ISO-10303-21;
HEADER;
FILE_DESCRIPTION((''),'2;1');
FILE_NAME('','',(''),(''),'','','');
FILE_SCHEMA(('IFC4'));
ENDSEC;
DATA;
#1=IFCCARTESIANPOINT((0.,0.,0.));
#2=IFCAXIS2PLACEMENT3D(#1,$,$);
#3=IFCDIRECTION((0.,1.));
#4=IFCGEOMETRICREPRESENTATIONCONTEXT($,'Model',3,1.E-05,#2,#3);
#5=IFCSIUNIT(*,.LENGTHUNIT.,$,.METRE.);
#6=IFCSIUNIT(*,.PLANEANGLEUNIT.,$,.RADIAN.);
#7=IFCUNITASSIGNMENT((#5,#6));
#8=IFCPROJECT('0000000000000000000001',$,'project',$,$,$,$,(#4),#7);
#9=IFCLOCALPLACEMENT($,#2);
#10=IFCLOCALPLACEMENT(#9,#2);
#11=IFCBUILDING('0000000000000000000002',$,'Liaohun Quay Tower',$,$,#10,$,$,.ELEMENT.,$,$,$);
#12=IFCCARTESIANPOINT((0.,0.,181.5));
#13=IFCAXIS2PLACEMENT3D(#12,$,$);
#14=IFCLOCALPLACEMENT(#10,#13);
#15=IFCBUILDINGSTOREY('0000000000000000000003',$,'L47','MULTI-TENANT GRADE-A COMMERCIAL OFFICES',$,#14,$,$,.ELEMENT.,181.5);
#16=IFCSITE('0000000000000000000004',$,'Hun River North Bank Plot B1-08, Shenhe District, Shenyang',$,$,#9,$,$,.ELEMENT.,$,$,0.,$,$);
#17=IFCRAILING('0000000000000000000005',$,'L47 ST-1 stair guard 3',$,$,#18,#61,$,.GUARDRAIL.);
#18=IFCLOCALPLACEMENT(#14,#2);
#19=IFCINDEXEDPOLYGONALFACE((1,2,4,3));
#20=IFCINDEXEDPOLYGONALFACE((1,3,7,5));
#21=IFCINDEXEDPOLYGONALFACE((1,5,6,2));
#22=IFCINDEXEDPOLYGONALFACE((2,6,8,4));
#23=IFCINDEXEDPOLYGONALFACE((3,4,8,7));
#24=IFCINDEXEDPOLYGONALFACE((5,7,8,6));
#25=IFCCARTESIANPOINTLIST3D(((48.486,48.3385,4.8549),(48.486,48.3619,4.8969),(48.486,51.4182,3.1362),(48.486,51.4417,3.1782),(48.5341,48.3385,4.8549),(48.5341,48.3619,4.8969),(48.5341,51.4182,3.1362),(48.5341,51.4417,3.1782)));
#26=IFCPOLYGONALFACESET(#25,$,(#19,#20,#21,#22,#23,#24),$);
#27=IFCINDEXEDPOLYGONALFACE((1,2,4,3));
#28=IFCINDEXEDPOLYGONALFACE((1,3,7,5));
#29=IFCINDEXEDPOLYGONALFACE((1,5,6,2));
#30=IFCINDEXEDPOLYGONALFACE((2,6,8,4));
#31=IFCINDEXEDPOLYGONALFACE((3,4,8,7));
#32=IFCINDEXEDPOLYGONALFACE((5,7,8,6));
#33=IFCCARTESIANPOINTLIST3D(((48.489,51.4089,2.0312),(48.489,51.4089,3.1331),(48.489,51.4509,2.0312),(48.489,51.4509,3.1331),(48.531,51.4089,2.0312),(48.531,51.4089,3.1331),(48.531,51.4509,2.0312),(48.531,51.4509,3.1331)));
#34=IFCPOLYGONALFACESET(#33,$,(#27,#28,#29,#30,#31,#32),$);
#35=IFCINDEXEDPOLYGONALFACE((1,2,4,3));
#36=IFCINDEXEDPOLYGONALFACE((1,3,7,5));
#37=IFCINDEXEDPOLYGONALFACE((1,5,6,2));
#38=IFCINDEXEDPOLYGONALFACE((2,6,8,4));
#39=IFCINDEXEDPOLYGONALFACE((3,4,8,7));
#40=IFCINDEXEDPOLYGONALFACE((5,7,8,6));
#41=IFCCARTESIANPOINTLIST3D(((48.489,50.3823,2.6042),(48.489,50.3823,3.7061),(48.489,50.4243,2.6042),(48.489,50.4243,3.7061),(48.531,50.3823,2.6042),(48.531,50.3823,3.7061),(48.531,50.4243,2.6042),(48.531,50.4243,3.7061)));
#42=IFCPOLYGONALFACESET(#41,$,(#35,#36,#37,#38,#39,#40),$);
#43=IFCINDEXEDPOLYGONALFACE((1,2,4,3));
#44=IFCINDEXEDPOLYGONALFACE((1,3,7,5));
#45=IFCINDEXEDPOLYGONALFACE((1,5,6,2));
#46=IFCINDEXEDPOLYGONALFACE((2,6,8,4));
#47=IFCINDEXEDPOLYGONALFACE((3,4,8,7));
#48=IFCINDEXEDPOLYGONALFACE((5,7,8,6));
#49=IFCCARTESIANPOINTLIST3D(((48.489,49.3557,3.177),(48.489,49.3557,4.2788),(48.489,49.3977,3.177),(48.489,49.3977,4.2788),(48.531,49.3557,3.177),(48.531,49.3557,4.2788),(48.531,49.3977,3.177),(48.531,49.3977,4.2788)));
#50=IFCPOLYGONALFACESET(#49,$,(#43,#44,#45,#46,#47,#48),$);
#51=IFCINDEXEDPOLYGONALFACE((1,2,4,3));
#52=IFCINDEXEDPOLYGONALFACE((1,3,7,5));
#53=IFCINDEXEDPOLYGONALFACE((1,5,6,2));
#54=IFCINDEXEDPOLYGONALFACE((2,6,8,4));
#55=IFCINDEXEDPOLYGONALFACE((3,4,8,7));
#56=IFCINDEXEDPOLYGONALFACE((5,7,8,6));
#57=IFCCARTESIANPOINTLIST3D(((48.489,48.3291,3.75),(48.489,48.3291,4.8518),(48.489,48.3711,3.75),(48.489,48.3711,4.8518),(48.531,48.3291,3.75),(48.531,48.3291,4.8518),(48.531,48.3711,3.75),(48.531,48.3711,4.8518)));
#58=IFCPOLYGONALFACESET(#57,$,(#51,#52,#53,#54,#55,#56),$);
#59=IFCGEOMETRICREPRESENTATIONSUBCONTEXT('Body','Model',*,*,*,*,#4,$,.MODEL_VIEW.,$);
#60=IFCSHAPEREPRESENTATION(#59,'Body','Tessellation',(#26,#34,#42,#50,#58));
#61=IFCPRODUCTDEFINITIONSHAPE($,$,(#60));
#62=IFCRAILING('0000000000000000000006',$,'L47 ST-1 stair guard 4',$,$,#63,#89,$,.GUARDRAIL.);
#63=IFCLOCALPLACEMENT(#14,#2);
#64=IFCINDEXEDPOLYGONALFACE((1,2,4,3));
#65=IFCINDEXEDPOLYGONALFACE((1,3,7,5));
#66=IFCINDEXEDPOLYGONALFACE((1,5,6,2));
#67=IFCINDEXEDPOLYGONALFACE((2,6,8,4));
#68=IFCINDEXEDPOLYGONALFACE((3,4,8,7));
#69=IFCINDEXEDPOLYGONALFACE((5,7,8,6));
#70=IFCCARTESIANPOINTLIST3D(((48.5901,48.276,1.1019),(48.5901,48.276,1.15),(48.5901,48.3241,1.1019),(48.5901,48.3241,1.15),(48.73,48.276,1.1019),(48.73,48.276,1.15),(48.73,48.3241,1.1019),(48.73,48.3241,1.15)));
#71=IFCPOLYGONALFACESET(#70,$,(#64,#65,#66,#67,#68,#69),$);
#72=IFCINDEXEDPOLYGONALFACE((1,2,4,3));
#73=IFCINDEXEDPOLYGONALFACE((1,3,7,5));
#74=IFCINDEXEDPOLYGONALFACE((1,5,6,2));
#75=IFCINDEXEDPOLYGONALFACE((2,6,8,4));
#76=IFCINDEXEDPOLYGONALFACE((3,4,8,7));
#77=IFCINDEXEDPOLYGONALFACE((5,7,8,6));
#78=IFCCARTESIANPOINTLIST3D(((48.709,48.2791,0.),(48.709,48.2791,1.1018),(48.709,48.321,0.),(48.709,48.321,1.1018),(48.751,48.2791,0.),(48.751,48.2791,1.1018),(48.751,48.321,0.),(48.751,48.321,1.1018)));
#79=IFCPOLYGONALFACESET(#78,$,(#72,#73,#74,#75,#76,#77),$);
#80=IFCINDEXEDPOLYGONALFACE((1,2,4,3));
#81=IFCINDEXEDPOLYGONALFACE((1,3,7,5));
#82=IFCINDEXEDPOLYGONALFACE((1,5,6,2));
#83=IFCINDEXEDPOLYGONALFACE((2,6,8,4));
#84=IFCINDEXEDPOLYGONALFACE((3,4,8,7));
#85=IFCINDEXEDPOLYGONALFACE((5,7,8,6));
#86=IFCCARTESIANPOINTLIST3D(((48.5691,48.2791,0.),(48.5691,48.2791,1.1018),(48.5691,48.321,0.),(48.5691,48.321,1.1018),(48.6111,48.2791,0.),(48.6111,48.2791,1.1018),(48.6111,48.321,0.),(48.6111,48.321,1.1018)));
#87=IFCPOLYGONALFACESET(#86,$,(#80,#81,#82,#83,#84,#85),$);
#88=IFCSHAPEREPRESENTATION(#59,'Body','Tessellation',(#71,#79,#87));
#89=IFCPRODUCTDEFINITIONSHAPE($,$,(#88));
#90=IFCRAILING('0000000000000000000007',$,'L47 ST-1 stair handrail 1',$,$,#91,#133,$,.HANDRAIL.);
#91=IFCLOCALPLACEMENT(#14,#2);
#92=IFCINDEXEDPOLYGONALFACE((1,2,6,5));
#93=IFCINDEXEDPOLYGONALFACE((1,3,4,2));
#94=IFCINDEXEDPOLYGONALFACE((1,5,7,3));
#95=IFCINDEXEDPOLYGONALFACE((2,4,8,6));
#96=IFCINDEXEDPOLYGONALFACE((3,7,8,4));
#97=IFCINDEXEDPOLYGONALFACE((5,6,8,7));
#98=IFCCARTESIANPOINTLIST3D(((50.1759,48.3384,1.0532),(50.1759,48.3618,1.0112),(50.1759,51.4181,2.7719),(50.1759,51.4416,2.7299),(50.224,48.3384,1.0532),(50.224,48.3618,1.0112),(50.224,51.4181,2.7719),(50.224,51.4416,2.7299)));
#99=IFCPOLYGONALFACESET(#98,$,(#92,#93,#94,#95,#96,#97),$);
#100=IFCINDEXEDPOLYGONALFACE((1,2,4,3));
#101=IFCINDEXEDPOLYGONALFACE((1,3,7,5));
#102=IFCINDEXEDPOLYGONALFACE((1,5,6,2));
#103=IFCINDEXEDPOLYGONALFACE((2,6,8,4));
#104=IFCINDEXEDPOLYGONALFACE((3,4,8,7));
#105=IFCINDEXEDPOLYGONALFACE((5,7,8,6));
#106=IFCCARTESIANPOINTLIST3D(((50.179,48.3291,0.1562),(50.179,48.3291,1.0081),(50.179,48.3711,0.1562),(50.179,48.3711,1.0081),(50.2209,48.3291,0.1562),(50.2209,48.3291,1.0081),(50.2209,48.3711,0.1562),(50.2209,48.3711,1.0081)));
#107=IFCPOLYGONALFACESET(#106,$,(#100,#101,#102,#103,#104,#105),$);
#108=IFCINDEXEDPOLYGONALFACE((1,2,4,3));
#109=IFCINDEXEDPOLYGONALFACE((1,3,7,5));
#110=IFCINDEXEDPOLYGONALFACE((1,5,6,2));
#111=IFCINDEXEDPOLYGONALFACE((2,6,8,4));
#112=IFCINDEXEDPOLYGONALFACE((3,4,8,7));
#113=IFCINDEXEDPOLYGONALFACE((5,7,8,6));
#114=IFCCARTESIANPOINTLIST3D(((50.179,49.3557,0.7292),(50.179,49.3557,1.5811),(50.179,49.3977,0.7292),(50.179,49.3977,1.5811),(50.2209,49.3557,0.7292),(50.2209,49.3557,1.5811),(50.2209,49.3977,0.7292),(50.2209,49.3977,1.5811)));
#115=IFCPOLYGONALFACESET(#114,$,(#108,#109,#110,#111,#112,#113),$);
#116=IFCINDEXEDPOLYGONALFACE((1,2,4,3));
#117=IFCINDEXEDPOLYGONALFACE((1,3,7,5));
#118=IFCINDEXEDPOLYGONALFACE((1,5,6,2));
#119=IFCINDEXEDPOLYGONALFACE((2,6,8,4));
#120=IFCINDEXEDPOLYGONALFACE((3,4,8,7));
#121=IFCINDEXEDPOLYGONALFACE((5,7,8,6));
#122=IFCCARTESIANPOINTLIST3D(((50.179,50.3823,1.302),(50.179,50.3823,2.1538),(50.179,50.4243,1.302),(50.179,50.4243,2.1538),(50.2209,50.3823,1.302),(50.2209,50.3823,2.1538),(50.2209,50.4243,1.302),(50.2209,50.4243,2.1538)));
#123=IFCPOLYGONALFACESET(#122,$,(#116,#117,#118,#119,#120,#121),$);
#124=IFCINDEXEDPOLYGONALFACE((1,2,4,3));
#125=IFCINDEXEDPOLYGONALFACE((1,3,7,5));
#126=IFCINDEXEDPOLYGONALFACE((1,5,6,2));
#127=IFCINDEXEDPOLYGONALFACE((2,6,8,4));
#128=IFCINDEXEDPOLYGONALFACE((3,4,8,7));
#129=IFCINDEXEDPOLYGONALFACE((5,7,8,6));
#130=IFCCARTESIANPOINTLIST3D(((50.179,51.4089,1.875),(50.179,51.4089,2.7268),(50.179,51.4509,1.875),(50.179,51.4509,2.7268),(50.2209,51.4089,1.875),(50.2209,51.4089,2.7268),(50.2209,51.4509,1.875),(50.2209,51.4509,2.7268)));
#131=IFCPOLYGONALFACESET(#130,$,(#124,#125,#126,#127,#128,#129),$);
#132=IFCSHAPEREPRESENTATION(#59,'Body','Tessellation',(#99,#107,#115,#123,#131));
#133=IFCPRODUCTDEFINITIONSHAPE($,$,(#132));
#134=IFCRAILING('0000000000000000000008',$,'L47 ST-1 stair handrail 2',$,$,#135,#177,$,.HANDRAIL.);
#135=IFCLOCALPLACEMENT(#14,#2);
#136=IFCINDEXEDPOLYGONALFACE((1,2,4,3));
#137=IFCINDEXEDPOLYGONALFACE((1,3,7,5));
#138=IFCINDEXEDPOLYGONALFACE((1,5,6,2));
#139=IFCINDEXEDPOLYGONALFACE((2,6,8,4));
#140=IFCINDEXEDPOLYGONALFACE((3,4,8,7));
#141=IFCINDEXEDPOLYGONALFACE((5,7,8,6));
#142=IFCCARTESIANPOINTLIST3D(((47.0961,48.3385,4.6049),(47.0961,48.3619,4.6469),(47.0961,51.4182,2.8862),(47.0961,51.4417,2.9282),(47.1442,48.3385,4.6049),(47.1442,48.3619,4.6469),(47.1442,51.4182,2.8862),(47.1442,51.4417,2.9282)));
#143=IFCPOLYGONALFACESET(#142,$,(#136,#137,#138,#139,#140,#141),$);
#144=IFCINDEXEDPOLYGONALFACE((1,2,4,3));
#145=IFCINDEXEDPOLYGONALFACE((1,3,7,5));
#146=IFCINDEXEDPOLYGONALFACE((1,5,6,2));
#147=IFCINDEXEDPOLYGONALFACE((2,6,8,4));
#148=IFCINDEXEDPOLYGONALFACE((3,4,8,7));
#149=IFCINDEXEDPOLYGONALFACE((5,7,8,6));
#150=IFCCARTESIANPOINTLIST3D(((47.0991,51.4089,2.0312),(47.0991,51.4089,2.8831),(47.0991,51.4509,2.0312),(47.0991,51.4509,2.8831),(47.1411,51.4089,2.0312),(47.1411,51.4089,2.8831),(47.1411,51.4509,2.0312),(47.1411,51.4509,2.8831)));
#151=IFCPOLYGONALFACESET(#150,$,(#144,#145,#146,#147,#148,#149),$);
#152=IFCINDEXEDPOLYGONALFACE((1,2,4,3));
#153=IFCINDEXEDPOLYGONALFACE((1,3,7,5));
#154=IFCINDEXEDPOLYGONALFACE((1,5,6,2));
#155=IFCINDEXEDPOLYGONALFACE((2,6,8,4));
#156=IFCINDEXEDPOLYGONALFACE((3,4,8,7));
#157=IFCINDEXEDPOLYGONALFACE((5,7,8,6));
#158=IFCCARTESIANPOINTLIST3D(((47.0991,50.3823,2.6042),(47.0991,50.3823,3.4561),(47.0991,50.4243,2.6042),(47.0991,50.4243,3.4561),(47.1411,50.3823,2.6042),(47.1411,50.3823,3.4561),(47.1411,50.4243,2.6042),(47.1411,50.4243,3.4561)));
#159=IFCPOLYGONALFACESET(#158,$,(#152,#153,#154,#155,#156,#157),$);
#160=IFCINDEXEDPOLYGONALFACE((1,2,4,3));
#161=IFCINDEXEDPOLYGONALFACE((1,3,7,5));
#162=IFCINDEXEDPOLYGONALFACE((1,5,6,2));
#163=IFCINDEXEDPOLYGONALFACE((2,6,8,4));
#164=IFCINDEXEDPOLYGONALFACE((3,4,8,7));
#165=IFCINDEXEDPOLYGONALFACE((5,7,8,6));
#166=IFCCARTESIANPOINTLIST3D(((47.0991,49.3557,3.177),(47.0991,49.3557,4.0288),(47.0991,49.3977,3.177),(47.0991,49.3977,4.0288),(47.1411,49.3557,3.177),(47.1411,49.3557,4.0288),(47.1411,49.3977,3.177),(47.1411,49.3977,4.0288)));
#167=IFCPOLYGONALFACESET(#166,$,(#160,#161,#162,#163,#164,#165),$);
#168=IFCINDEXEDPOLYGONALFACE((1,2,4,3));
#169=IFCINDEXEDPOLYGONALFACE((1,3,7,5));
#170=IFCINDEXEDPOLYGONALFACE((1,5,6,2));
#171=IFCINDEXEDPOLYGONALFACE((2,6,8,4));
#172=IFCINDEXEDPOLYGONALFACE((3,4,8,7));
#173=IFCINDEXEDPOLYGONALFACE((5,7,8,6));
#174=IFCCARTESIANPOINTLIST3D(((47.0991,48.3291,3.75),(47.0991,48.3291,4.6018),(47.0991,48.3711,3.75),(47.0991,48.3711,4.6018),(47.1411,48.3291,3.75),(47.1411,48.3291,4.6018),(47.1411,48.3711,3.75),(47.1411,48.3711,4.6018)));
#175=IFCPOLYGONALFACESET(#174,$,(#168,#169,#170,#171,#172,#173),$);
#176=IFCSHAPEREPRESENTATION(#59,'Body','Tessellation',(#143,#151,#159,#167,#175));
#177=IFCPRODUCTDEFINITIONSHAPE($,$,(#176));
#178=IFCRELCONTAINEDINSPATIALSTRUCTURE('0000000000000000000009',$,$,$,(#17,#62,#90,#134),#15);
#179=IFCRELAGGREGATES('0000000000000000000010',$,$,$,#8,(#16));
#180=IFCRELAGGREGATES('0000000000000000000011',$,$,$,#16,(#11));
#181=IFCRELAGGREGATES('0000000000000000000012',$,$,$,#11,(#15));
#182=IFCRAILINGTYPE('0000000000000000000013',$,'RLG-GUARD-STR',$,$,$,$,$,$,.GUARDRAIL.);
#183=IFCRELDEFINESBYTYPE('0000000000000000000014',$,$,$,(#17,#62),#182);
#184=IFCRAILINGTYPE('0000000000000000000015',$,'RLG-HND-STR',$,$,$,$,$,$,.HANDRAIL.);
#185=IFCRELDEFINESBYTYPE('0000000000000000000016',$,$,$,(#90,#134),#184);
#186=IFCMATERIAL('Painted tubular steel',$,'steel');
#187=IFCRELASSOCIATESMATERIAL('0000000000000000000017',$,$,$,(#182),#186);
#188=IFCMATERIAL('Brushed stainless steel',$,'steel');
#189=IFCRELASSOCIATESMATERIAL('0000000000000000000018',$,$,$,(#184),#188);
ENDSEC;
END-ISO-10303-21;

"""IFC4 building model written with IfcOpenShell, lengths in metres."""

from ifc_helpers import new_model, si_unit, direction, frame, origin, origin_2d, place, context, subcontext, project, spatial, rectangle, extrude, material, type_object, element, save


model = new_model("IFC4")

# Units and contexts
model_context = context("Model", 3, precision=1e-05, world=origin(), true_north=direction((0.0, 1.0)))
body_context = subcontext(model_context, "Body", "Model", "MODEL_VIEW")
ifc_project = project(units=[si_unit("LENGTHUNIT", "METRE"), si_unit("PLANEANGLEUNIT", "RADIAN")], contexts=[model_context])

# Site, building, storey
site_placement = place(None, origin())
site = spatial("IfcSite", under=ifc_project, at=site_placement, Name="Hun River North Bank Plot B1-08, Shenhe District, Shenyang", CompositionType="ELEMENT", RefElevation=0.0)
building_placement = place(site_placement, origin())
building = spatial("IfcBuilding", under=site, at=building_placement, Name="Liaohun Quay Tower", CompositionType="ELEMENT")
storey_placement = place(building_placement, frame((0.0, 0.0, 181.5)))
storey = spatial("IfcBuildingStorey", under=building, at=storey_placement, Name="L47", Description="MULTI-TENANT GRADE-A COMMERCIAL OFFICES", CompositionType="ELEMENT", Elevation=181.5)

# Railings
ifc_material_1 = material(Name="Painted tubular steel", Category="steel")
railing_type_1 = type_object("IfcRailingType", Name="RLG-GUARD-STR", PredefinedType="GUARDRAIL", material=ifc_material_1)
railing_1_placement = place(storey_placement, frame((48.51, 51.4299, 2.0312)))
element("IfcRailing", 1, at=railing_1_placement, inside=storey, type_object=railing_type_1, Name="L47 ST-1 stair guard 3", PredefinedType="GUARDRAIL", context=body_context, shape_type="SweptSolid", body=[
    extrude(rectangle(XDim=0.0481, YDim=0.0481, at=origin_2d()), frame((0.0, 0.0, 1.126), z_axis=(0.0, -0.873225, 0.487317), x_axis=(1.0, 0.0, 0.0)), (0.0, 0.0, 1.0), 3.5269),
    extrude(rectangle(XDim=0.042, YDim=0.042, at=origin_2d()), origin(), (0.0, 0.0, 1.0), 1.1018),
    extrude(rectangle(XDim=0.042, YDim=0.042, at=origin_2d()), frame((0.0, -1.0266, 0.573)), (0.0, 0.0, 1.0), 1.1018),
    extrude(rectangle(XDim=0.042, YDim=0.042, at=origin_2d()), frame((0.0, -2.0532, 1.1458)), (0.0, 0.0, 1.0), 1.1018),
    extrude(rectangle(XDim=0.042, YDim=0.042, at=origin_2d()), frame((0.0, -3.0798, 1.7188)), (0.0, 0.0, 1.0), 1.1018),
])
railing_2_placement = place(storey_placement, frame((48.73, 48.3, 0.0)))
element("IfcRailing", 2, at=railing_2_placement, inside=storey, type_object=railing_type_1, Name="L47 ST-1 stair guard 4", PredefinedType="GUARDRAIL", context=body_context, shape_type="SweptSolid", body=[
    extrude(rectangle(XDim=0.0481, YDim=0.0481, at=origin_2d()), frame((0.0, 0.0, 1.126), z_axis=(-1.0, 0.0, 0.0), x_axis=(0.0, -1.0, 0.0)), (0.0, 0.0, 1.0), 0.1399),
    extrude(rectangle(XDim=0.042, YDim=0.042, at=origin_2d()), origin(), (0.0, 0.0, 1.0), 1.1018),
    extrude(rectangle(XDim=0.042, YDim=0.042, at=origin_2d()), frame((-0.1399, 0.0, 0.0)), (0.0, 0.0, 1.0), 1.1018),
])
ifc_material_2 = material(Name="Brushed stainless steel", Category="steel")
railing_type_2 = type_object("IfcRailingType", Name="RLG-HND-STR", PredefinedType="HANDRAIL", material=ifc_material_2)
railing_3_placement = place(storey_placement, frame((50.2, 48.3501, 0.1562)))
element("IfcRailing", 3, at=railing_3_placement, inside=storey, type_object=railing_type_2, Name="L47 ST-1 stair handrail 1", PredefinedType="HANDRAIL", context=body_context, shape_type="SweptSolid", body=[
    extrude(rectangle(XDim=0.0481, YDim=0.0481, at=origin_2d()), frame((0.0, 0.0, 0.876), z_axis=(0.0, 0.873225, 0.487317), x_axis=(-1.0, 0.0, 0.0)), (0.0, 0.0, 1.0), 3.5269),
    extrude(rectangle(XDim=0.042, YDim=0.042, at=origin_2d()), origin(), (0.0, 0.0, 1.0), 0.8518),
    extrude(rectangle(XDim=0.042, YDim=0.042, at=origin_2d()), frame((0.0, 1.0266, 0.573)), (0.0, 0.0, 1.0), 0.8518),
    extrude(rectangle(XDim=0.042, YDim=0.042, at=origin_2d()), frame((0.0, 2.0532, 1.1458)), (0.0, 0.0, 1.0), 0.8518),
    extrude(rectangle(XDim=0.042, YDim=0.042, at=origin_2d()), frame((0.0, 3.0798, 1.7188)), (0.0, 0.0, 1.0), 0.8518),
])
railing_4_placement = place(storey_placement, frame((47.1201, 51.4299, 2.0312)))
element("IfcRailing", 4, at=railing_4_placement, inside=storey, type_object=railing_type_2, Name="L47 ST-1 stair handrail 2", PredefinedType="HANDRAIL", context=body_context, shape_type="SweptSolid", body=[
    extrude(rectangle(XDim=0.0481, YDim=0.0481, at=origin_2d()), frame((0.0, 0.0, 0.876), z_axis=(0.0, -0.873225, 0.487317), x_axis=(1.0, 0.0, 0.0)), (0.0, 0.0, 1.0), 3.5269),
    extrude(rectangle(XDim=0.042, YDim=0.042, at=origin_2d()), origin(), (0.0, 0.0, 1.0), 0.8518),
    extrude(rectangle(XDim=0.042, YDim=0.042, at=origin_2d()), frame((0.0, -1.0266, 0.573)), (0.0, 0.0, 1.0), 0.8518),
    extrude(rectangle(XDim=0.042, YDim=0.042, at=origin_2d()), frame((0.0, -2.0532, 1.1458)), (0.0, 0.0, 1.0), 0.8518),
    extrude(rectangle(XDim=0.042, YDim=0.042, at=origin_2d()), frame((0.0, -3.0798, 1.7188)), (0.0, 0.0, 1.0), 0.8518),
])

save(model, "model.ifc")
